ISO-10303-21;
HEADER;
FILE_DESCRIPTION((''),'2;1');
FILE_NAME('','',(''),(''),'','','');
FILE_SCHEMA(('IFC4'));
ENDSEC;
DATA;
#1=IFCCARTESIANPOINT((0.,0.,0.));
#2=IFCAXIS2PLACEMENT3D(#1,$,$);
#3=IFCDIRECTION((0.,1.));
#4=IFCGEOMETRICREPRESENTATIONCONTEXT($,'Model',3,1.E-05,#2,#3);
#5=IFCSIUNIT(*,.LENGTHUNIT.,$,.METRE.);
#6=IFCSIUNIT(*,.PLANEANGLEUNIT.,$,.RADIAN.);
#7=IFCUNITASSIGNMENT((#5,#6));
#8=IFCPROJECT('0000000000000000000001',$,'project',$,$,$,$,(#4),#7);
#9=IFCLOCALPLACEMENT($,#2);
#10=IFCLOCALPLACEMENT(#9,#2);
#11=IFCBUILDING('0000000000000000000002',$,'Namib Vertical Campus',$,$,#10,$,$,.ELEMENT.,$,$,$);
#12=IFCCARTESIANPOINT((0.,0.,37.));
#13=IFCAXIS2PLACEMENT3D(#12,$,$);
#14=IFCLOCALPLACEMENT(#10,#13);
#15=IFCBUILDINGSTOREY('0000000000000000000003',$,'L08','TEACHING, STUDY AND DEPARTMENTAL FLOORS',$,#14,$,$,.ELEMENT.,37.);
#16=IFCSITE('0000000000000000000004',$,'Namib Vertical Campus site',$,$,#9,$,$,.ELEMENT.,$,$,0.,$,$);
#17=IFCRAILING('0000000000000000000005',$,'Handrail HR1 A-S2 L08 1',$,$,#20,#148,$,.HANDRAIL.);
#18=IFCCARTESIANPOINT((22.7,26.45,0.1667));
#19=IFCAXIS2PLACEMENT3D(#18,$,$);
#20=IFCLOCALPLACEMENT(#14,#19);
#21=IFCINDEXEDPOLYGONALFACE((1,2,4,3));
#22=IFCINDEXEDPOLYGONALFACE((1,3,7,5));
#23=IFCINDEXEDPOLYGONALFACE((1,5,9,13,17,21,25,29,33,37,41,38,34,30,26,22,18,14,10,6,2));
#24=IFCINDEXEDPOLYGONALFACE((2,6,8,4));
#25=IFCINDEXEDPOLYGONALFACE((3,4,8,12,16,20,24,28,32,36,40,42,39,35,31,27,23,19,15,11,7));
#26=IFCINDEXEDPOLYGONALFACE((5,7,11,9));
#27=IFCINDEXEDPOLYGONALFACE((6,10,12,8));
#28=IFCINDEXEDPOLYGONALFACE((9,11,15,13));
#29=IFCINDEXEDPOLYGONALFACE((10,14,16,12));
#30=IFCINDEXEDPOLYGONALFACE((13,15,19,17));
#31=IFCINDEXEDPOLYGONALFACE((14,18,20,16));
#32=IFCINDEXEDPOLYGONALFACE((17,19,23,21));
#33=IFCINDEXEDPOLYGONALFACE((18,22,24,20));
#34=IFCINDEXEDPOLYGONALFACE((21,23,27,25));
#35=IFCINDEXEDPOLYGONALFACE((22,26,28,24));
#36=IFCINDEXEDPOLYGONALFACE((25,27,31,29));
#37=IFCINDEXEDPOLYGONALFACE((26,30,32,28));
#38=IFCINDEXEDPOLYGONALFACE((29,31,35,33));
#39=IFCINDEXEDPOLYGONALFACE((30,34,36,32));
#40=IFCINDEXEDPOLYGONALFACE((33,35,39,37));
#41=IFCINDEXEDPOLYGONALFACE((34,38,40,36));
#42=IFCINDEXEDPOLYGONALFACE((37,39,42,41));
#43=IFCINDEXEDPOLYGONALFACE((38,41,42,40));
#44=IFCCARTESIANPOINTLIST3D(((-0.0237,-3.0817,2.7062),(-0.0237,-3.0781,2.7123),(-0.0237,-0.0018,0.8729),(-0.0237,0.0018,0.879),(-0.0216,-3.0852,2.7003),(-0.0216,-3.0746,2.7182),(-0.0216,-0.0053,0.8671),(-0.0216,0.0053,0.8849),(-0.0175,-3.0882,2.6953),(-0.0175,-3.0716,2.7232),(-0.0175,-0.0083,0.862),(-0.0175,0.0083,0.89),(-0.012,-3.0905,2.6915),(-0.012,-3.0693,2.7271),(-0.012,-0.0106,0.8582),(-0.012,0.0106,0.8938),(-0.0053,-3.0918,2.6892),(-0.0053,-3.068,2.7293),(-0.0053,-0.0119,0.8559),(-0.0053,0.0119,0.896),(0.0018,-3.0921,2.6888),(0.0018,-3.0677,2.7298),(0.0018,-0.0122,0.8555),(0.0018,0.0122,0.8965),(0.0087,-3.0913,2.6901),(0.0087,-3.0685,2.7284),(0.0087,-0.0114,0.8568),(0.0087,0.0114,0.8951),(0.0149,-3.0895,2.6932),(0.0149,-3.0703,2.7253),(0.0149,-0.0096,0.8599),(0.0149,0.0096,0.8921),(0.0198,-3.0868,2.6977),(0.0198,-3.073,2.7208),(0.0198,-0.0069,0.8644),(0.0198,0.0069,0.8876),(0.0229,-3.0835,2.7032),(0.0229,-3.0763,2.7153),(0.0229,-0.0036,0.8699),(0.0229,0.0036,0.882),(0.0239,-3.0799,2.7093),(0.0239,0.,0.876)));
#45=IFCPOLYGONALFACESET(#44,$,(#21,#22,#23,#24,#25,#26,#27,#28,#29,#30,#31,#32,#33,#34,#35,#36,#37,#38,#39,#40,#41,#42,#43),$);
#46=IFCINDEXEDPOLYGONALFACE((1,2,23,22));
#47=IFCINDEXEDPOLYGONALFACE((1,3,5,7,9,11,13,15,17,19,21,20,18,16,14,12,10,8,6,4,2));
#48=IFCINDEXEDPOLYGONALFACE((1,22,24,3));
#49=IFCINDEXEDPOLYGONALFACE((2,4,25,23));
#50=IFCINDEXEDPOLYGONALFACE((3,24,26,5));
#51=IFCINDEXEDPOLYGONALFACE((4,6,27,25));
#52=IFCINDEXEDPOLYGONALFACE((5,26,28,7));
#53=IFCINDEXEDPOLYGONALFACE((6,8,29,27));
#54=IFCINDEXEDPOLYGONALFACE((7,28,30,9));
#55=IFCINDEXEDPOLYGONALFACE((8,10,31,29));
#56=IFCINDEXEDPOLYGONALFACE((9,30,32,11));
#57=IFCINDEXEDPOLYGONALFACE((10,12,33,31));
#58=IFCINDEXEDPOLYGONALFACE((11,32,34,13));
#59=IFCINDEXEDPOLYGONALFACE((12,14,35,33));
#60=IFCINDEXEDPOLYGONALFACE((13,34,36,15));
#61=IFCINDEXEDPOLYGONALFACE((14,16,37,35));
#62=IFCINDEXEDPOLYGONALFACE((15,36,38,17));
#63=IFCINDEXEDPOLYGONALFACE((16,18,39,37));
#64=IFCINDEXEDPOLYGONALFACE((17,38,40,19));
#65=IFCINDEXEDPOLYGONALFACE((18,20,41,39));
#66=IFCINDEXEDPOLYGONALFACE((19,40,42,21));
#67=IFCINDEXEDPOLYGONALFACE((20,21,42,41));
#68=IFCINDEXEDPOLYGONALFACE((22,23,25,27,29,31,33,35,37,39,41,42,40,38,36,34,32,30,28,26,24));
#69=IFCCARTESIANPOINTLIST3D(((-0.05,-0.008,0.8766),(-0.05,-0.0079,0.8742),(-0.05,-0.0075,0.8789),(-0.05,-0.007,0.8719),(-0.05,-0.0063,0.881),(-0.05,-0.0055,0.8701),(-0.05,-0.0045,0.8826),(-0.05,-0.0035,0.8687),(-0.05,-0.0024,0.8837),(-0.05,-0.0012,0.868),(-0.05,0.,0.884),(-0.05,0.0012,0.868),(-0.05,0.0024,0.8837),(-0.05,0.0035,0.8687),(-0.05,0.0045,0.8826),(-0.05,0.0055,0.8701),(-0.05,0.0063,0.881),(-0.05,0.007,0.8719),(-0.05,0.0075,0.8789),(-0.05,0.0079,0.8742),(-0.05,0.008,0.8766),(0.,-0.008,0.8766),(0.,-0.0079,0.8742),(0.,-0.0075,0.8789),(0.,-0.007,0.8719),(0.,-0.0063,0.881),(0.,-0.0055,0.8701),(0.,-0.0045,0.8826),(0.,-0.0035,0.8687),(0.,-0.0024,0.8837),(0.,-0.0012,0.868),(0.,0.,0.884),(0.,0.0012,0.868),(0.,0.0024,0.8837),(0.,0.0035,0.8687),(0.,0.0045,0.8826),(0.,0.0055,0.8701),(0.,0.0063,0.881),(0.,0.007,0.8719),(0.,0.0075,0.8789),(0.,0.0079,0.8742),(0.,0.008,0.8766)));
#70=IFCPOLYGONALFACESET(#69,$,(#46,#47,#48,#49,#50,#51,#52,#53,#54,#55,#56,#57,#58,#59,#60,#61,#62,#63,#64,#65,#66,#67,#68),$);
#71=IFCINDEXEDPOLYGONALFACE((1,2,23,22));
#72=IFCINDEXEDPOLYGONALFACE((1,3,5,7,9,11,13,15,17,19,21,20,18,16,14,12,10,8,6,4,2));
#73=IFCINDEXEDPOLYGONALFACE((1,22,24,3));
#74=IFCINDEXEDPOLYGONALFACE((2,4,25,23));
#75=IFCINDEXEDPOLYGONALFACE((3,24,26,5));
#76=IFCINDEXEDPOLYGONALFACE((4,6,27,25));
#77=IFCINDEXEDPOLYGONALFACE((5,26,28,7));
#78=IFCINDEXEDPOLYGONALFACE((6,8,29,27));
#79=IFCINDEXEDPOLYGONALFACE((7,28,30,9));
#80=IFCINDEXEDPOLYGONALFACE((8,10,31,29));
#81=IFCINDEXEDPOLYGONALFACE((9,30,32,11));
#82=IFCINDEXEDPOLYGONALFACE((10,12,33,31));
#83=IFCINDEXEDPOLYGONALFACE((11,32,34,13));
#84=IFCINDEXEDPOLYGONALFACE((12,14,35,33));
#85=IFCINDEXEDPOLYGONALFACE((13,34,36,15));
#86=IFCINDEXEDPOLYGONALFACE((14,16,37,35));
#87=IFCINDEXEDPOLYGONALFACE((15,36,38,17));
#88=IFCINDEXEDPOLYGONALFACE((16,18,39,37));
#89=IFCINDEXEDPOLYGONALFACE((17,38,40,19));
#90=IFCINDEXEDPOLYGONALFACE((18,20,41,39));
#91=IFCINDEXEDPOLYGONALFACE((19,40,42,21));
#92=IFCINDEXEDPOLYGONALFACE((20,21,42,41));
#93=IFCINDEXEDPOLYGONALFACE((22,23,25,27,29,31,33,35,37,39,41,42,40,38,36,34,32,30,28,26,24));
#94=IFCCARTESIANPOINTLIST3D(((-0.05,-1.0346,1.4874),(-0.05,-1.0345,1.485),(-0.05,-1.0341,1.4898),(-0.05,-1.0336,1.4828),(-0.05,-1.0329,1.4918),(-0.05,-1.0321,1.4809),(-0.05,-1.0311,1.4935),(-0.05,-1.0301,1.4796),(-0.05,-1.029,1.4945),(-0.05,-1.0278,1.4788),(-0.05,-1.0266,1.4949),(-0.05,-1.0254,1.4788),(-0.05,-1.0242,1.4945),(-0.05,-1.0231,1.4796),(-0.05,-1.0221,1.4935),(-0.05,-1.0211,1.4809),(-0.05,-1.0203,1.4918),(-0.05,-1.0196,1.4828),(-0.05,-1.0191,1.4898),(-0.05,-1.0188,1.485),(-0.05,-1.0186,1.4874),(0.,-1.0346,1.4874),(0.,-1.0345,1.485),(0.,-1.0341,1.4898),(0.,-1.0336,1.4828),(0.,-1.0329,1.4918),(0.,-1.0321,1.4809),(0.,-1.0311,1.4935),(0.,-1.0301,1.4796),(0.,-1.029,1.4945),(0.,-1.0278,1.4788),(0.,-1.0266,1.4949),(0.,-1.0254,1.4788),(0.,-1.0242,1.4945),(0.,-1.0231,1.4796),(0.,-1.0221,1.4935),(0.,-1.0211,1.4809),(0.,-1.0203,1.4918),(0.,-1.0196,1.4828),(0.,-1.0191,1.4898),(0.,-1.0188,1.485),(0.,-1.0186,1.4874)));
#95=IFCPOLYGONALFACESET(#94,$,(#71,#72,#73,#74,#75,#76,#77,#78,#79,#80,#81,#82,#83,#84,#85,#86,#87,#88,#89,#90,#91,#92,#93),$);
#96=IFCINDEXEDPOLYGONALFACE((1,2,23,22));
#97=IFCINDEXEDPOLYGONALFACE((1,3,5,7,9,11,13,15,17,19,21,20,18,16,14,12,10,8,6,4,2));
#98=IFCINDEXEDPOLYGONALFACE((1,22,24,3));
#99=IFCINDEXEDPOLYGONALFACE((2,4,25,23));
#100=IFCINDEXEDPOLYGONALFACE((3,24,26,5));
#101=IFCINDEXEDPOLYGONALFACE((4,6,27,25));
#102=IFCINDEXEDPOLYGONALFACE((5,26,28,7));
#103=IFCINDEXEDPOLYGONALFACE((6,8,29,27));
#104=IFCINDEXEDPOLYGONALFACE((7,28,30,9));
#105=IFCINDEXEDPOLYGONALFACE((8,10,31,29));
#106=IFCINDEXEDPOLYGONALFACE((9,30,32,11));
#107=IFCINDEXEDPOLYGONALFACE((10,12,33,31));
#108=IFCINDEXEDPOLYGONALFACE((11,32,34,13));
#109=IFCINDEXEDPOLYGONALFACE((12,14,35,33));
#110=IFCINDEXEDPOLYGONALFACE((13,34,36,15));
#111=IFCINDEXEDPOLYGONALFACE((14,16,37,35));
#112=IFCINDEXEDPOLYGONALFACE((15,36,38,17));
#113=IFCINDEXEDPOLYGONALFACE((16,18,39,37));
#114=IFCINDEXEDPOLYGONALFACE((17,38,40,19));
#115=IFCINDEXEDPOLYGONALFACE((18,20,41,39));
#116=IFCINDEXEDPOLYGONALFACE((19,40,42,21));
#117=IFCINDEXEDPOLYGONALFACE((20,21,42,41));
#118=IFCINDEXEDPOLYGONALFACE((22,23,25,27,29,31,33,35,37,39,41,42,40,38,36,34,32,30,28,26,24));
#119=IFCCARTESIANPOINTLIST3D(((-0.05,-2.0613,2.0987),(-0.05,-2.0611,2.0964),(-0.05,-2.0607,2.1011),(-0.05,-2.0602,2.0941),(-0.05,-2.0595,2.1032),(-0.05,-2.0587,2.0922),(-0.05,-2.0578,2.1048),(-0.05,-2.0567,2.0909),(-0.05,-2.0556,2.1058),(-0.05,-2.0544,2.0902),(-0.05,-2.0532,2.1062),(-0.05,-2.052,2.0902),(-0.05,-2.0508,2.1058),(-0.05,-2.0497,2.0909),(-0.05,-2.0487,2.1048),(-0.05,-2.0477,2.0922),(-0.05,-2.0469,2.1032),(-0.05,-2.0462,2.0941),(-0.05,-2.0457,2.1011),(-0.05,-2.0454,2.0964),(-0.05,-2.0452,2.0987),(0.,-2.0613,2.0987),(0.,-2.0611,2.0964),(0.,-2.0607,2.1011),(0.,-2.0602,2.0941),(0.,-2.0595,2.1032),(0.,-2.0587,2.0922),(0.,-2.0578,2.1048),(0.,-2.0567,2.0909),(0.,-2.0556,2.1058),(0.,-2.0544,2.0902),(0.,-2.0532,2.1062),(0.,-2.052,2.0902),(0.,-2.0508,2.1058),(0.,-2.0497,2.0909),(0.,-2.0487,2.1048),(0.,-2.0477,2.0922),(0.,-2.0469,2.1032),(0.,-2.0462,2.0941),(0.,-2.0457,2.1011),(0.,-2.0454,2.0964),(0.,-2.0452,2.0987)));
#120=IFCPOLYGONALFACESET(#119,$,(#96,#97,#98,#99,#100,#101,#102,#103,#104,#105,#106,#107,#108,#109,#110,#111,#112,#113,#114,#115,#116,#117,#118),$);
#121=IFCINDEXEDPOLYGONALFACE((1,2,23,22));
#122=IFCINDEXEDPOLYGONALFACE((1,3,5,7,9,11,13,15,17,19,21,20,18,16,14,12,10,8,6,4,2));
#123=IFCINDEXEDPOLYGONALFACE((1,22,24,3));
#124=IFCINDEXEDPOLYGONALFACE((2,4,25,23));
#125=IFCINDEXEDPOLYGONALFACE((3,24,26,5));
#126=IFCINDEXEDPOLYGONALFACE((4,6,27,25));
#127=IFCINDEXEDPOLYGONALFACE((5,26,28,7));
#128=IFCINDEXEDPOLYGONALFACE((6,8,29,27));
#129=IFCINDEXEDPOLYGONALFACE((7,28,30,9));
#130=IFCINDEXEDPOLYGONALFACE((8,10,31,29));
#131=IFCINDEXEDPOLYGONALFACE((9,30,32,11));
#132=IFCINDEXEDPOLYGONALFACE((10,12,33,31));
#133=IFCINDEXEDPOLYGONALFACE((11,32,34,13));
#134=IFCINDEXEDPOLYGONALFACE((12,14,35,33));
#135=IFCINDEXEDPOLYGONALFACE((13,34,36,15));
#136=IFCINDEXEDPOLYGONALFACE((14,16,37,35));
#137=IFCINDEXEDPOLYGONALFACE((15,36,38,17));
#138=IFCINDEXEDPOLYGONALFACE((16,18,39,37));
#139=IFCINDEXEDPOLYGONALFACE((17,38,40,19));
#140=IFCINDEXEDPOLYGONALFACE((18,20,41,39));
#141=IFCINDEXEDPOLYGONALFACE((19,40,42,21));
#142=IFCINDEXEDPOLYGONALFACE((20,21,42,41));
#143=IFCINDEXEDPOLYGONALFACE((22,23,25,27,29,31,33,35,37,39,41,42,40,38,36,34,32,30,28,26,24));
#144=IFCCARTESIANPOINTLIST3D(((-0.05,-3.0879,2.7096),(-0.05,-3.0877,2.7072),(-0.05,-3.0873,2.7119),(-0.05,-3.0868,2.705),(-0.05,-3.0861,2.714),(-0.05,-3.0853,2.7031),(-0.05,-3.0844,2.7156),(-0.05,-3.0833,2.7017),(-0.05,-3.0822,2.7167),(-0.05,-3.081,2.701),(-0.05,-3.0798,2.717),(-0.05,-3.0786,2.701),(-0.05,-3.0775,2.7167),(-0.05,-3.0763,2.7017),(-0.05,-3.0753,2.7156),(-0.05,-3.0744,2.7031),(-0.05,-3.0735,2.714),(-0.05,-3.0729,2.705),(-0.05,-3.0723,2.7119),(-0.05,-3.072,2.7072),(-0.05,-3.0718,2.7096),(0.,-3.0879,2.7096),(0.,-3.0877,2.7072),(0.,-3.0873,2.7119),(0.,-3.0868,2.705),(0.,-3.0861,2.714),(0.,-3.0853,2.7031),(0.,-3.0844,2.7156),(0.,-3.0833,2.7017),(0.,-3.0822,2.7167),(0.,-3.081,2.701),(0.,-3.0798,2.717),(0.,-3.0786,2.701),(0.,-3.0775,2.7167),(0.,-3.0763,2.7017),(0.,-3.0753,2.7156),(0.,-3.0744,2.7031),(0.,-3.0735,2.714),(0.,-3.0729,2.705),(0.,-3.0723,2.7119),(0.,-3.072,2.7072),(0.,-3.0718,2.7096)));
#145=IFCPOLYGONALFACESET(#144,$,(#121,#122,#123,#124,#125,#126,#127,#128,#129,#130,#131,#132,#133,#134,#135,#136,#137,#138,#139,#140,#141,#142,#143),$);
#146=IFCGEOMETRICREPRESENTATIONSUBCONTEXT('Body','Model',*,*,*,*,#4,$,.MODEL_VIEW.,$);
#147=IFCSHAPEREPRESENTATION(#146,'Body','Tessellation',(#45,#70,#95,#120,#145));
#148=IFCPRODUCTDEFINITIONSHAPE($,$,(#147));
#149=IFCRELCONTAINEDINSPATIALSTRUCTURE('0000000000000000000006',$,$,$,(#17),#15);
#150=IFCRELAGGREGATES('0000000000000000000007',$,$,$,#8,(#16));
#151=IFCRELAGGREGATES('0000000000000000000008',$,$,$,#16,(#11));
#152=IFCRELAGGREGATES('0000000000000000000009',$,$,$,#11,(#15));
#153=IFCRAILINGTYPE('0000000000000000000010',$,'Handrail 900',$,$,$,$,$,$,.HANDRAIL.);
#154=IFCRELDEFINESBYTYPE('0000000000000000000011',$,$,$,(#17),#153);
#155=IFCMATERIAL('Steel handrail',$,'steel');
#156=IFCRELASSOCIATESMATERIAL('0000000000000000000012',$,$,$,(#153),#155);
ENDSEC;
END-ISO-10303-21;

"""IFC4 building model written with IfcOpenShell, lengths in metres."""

from ifc_helpers import new_model, si_unit, direction, frame, origin, origin_2d, place, context, subcontext, project, spatial, circle, extrude, material, type_object, element, save


model = new_model("IFC4")

# Units and contexts
model_context = context("Model", 3, precision=1e-05, world=origin(), true_north=direction((0.0, 1.0)))
body_context = subcontext(model_context, "Body", "Model", "MODEL_VIEW")
ifc_project = project(units=[si_unit("LENGTHUNIT", "METRE"), si_unit("PLANEANGLEUNIT", "RADIAN")], contexts=[model_context])

# Site, building, storey
site_placement = place(None, origin())
site = spatial("IfcSite", under=ifc_project, at=site_placement, Name="Namib Vertical Campus site", CompositionType="ELEMENT", RefElevation=0.0)
building_placement = place(site_placement, origin())
building = spatial("IfcBuilding", under=site, at=building_placement, Name="Namib Vertical Campus", CompositionType="ELEMENT")
storey_placement = place(building_placement, frame((0.0, 0.0, 37.0)))
storey = spatial("IfcBuildingStorey", under=building, at=storey_placement, Name="L08", Description="TEACHING, STUDY AND DEPARTMENTAL FLOORS", CompositionType="ELEMENT", Elevation=37.0)

# Railing
ifc_material_1 = material(Name="Steel handrail", Category="steel")
railing_type_1 = type_object("IfcRailingType", Name="Handrail 900", PredefinedType="HANDRAIL", material=ifc_material_1)
railing_1_placement = place(storey_placement, frame((22.7, 26.45, 0.1667)))
element("IfcRailing", 1, at=railing_1_placement, inside=storey, type_object=railing_type_1, Name="Handrail HR1 A-S2 L08 1", PredefinedType="HANDRAIL", context=body_context, shape_type="SweptSolid", body=[
    extrude(circle(Radius=0.0239, at=origin_2d()), frame((0.0, 0.0, 0.876), z_axis=(0.0, -0.859291, 0.511487), x_axis=(1.0, 0.0, 0.0)), (0.0, 0.0, 1.0), 3.5842),
    extrude(circle(Radius=0.0081, at=origin_2d()), frame((0.0, 0.0, 0.876), z_axis=(-1.0, 0.0, 0.0), x_axis=(0.0, 0.0, 1.0)), (0.0, 0.0, 1.0), 0.05),
    extrude(circle(Radius=0.0081, at=origin_2d()), frame((0.0, -1.0266, 1.4868), z_axis=(-1.0, 0.0, 0.0), x_axis=(0.0, 0.0, 1.0)), (0.0, 0.0, 1.0), 0.05),
    extrude(circle(Radius=0.0081, at=origin_2d()), frame((0.0, -2.0532, 2.0981), z_axis=(-1.0, 0.0, 0.0), x_axis=(0.0, 0.0, 1.0)), (0.0, 0.0, 1.0), 0.05),
    extrude(circle(Radius=0.0081, at=origin_2d()), frame((0.0, -3.0798, 2.709), z_axis=(-1.0, 0.0, 0.0), x_axis=(0.0, 0.0, 1.0)), (0.0, 0.0, 1.0), 0.05),
])

save(model, "model.ifc")
